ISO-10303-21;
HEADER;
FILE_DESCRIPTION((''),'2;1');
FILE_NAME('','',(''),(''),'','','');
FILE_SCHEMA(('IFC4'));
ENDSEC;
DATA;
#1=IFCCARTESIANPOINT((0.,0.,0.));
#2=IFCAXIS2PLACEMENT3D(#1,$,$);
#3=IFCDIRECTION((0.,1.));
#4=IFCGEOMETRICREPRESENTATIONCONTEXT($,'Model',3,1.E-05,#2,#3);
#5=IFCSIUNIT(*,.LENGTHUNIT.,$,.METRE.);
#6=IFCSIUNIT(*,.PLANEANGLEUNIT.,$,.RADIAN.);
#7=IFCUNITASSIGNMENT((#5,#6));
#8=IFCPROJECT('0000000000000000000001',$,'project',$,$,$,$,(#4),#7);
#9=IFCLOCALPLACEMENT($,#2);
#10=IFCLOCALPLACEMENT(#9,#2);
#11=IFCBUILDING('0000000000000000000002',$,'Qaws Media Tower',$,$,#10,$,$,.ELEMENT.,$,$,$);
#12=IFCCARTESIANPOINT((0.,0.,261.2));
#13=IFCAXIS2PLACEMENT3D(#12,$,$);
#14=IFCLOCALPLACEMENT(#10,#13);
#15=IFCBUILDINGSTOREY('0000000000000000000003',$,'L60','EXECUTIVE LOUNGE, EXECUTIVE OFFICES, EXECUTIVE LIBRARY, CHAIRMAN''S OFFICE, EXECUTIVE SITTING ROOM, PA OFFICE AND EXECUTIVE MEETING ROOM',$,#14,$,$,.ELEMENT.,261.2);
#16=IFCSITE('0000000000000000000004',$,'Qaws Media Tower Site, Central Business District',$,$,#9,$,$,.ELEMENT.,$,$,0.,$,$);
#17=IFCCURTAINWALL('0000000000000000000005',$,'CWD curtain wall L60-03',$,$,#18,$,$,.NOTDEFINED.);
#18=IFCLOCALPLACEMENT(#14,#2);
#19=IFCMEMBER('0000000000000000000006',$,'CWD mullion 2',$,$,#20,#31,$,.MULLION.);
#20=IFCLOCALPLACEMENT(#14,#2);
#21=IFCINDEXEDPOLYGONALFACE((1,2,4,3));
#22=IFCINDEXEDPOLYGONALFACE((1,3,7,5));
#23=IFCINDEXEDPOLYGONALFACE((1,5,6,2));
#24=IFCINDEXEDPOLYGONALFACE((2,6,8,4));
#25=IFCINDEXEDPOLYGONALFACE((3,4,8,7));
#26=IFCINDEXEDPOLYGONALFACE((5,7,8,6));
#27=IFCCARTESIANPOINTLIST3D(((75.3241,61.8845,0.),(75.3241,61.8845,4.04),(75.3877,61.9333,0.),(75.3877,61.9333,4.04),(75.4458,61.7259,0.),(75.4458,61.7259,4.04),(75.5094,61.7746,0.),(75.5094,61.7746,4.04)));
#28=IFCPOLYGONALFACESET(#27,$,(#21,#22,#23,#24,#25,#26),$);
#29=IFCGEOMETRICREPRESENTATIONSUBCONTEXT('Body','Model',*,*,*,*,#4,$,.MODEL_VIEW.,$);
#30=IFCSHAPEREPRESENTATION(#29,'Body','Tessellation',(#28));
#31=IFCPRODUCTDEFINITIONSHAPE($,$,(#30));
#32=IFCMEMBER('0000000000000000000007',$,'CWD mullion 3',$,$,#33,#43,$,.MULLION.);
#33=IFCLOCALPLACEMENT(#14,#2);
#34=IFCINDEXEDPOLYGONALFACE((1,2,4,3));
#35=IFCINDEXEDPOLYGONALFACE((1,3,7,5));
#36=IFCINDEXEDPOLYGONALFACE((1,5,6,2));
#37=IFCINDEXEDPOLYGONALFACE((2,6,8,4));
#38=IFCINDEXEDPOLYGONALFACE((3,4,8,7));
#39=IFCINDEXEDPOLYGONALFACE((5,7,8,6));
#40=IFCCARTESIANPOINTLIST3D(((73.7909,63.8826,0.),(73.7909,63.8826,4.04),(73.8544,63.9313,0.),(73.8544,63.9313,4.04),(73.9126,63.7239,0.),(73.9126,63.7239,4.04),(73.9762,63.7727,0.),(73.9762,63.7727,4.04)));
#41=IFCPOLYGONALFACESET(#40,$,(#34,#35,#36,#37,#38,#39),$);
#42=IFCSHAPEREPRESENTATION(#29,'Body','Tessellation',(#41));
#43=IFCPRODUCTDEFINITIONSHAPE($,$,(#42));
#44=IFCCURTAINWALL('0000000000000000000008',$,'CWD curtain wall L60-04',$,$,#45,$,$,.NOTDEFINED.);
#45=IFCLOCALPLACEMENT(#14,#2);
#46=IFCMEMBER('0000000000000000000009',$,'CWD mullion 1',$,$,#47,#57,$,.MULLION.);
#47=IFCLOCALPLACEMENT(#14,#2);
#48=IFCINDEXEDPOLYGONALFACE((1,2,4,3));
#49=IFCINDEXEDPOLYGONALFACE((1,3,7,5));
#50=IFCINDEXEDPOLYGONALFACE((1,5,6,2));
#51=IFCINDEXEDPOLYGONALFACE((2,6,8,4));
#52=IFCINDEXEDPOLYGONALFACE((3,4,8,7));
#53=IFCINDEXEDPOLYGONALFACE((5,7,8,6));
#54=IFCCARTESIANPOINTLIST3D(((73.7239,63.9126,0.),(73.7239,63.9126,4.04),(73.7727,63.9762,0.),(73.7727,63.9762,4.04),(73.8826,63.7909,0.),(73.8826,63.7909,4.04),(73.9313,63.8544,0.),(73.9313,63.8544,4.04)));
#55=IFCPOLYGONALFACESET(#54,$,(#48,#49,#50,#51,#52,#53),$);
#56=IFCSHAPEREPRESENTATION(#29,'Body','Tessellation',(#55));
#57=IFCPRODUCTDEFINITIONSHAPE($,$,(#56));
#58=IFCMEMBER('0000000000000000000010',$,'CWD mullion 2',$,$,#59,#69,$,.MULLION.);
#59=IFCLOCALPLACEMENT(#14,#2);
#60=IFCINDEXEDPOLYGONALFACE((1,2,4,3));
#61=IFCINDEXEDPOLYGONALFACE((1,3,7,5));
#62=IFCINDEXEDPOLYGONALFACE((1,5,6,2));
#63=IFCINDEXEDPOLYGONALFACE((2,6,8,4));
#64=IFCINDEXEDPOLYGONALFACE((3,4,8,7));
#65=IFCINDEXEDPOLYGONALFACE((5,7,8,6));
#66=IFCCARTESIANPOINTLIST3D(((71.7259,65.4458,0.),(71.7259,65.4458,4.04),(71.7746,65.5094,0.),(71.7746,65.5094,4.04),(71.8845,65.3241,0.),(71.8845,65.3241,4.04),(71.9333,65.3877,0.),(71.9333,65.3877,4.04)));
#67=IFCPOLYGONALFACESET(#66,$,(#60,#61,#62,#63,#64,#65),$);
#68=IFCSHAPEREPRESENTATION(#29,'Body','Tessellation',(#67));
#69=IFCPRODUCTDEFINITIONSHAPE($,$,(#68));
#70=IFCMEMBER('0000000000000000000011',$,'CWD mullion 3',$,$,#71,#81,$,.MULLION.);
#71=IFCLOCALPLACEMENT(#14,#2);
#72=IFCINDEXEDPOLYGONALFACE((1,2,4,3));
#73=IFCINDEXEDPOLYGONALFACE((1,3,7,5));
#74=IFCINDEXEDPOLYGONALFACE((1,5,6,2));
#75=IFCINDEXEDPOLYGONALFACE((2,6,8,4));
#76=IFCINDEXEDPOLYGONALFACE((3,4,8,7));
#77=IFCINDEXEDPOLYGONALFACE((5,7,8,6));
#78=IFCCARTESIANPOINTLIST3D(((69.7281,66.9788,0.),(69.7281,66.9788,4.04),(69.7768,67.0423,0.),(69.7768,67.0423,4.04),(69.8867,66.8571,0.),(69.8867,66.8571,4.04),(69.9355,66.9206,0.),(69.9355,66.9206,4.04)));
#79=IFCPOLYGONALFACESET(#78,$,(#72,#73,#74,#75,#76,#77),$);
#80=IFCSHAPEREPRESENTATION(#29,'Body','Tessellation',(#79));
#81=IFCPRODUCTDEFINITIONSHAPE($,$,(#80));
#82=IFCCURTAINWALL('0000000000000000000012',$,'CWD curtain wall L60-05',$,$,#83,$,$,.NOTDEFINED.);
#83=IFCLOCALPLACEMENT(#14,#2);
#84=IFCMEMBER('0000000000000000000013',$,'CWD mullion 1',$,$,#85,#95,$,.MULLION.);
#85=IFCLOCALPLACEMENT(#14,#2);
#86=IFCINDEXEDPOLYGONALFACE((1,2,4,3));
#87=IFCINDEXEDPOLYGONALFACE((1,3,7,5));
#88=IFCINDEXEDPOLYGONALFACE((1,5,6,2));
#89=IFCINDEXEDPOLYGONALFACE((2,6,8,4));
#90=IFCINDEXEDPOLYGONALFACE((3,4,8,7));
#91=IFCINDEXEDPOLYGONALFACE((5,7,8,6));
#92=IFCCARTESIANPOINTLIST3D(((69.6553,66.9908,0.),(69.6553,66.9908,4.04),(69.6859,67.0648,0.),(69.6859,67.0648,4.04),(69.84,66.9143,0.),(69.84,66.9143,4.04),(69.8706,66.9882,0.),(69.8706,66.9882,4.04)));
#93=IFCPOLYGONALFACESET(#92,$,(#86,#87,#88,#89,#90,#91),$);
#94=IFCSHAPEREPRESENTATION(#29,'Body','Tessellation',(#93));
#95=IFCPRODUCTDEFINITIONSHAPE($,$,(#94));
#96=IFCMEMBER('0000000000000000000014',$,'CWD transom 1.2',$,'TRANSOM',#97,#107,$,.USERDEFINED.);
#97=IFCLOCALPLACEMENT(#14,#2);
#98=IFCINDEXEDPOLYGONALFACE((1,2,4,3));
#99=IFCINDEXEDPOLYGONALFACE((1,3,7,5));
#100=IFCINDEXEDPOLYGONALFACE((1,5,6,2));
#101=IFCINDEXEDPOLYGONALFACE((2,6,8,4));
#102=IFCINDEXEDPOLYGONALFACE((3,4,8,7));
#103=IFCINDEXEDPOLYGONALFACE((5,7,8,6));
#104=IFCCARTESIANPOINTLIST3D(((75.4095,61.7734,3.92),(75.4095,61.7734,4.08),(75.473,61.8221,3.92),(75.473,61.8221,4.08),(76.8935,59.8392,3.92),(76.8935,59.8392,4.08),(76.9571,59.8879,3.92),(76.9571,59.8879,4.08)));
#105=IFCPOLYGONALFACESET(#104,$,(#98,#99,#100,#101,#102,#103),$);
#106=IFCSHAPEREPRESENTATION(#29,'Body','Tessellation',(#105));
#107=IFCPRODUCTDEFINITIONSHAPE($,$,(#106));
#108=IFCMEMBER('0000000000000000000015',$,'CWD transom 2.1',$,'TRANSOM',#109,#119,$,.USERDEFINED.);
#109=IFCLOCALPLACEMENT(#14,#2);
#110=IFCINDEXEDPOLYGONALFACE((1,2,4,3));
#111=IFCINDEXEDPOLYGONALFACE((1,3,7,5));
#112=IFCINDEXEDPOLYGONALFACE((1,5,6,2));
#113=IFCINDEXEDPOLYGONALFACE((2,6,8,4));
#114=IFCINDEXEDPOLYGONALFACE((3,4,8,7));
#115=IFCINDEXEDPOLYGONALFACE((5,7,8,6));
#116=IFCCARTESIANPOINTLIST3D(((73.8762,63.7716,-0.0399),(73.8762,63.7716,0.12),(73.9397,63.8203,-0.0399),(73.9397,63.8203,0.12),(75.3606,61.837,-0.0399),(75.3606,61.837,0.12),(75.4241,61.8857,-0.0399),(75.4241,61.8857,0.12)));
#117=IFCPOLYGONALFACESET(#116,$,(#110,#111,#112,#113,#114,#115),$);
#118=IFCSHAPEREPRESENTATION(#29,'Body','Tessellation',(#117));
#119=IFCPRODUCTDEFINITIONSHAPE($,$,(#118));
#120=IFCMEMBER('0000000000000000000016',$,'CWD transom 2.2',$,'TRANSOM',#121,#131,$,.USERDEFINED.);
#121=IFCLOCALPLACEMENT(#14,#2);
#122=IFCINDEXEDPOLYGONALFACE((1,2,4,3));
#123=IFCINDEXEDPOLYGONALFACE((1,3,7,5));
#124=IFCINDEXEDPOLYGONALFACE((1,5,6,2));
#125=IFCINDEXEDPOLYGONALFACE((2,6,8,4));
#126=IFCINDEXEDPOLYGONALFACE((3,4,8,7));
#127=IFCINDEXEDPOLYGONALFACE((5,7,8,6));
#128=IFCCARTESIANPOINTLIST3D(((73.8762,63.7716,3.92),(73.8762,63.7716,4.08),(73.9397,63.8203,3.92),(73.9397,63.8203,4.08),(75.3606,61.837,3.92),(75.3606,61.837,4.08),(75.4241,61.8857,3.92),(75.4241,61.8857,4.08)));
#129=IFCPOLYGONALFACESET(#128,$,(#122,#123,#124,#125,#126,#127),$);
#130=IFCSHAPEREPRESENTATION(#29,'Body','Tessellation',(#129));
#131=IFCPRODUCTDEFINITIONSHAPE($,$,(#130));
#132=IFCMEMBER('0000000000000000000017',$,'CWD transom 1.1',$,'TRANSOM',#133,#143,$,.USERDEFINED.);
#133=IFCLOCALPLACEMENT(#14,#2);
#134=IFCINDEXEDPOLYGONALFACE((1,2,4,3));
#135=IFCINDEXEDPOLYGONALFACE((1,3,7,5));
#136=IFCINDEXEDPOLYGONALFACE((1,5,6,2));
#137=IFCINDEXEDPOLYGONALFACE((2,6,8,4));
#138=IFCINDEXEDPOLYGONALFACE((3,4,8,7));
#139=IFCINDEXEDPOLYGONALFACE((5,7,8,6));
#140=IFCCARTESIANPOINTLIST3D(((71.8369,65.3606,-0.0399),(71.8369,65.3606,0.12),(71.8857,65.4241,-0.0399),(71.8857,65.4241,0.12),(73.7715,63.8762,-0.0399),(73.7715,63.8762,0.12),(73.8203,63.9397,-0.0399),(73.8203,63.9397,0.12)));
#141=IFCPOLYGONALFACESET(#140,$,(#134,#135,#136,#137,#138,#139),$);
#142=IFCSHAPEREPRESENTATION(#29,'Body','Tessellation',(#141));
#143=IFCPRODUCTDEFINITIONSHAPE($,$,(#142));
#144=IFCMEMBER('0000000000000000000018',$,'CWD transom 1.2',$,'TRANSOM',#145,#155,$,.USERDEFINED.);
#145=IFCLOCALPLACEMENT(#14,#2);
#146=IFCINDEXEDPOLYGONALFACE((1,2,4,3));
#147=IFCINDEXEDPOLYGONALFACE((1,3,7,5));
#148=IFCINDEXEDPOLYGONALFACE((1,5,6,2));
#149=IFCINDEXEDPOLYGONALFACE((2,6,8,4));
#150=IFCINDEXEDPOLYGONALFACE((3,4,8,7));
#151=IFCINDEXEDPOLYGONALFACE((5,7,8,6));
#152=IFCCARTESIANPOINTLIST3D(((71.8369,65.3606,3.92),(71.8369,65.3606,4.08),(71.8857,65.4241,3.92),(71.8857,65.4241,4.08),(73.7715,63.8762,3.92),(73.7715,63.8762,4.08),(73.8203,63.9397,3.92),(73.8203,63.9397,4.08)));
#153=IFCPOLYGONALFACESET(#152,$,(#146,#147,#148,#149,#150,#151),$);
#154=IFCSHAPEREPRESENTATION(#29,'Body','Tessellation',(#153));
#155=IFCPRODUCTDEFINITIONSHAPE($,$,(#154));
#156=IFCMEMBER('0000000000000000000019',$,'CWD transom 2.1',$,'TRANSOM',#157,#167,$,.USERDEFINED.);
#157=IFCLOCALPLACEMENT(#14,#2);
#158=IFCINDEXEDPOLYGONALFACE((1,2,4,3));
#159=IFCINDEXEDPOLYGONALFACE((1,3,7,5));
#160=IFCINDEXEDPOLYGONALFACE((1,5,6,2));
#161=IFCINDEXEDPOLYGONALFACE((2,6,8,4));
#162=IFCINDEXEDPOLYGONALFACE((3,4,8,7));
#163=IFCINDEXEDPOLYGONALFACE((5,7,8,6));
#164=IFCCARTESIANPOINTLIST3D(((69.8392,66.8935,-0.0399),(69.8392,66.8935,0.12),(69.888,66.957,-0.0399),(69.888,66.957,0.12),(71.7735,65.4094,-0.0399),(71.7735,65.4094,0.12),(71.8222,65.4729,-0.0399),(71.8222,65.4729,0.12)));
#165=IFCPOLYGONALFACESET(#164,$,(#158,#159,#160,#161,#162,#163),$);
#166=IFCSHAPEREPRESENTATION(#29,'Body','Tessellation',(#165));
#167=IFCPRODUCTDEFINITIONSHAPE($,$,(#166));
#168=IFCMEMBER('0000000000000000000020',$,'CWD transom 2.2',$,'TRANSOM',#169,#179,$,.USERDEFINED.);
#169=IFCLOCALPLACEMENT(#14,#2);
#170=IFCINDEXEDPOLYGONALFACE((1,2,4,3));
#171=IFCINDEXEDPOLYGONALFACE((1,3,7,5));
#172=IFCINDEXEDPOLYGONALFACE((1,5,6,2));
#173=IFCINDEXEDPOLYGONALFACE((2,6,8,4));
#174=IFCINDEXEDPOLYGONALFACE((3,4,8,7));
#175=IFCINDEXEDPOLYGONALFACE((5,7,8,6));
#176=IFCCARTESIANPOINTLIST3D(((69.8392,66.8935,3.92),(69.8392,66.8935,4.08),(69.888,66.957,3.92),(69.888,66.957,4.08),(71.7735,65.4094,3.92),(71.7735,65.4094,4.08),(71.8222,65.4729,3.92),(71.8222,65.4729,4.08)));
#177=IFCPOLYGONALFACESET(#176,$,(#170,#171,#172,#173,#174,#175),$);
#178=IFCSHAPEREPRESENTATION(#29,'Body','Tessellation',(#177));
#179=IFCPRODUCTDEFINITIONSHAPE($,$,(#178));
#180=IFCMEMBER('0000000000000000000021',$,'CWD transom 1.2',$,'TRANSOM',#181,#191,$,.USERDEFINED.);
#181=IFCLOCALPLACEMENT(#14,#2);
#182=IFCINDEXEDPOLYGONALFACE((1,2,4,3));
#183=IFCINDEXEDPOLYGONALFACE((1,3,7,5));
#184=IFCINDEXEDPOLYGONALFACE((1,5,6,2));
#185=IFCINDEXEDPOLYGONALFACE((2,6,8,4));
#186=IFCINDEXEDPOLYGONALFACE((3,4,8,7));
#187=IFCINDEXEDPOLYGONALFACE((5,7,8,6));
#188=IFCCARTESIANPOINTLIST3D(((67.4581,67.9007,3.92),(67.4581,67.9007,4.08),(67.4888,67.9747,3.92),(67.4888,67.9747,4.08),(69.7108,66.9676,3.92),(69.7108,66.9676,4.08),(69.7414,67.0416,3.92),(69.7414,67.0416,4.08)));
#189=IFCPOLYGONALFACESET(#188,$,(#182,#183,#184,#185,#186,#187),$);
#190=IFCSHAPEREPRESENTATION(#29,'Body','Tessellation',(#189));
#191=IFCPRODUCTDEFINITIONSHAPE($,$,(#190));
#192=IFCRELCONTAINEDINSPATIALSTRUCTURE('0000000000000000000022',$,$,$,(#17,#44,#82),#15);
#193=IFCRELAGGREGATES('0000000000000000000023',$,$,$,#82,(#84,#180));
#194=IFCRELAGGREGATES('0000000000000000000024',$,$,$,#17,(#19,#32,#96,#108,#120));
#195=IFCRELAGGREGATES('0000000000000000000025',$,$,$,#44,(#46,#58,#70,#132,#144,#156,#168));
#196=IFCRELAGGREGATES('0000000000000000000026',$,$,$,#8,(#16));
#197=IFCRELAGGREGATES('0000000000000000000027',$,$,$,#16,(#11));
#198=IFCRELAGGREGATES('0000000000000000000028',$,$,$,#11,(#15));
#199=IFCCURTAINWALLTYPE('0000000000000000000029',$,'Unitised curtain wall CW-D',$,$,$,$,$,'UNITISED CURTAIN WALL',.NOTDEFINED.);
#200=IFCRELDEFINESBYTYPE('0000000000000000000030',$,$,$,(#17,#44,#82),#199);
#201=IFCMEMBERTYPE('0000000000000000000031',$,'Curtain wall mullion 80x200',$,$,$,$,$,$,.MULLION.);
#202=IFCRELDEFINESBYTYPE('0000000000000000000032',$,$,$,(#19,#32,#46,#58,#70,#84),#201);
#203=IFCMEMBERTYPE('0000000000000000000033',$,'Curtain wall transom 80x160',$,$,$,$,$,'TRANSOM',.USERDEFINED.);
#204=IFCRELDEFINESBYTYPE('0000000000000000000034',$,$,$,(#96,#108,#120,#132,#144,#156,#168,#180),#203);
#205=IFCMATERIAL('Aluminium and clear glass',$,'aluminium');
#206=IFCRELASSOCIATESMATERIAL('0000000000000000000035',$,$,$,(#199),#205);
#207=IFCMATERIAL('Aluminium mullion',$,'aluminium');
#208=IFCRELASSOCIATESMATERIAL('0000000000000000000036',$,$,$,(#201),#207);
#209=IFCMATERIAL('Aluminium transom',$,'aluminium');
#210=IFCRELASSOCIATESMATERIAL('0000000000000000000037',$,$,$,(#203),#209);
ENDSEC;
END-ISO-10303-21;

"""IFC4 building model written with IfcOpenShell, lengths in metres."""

from ifc_helpers import new_model, si_unit, direction, frame, origin, origin_2d, place, context, subcontext, project, spatial, rectangle, extrude, material, material_profile, profile_set, type_object, element, aggregate, save


model = new_model("IFC4")

# Units and contexts
model_context = context("Model", 3, precision=1e-05, world=origin(), true_north=direction((0.0, 1.0)))
body_context = subcontext(model_context, "Body", "Model", "MODEL_VIEW")
ifc_project = project(units=[si_unit("LENGTHUNIT", "METRE"), si_unit("PLANEANGLEUNIT", "RADIAN")], contexts=[model_context])

# Site, building, storey
site_placement = place(None, origin())
site = spatial("IfcSite", under=ifc_project, at=site_placement, Name="Qaws Media Tower Site, Central Business District", CompositionType="ELEMENT", RefElevation=0.0)
building_placement = place(site_placement, origin())
building = spatial("IfcBuilding", under=site, at=building_placement, Name="Qaws Media Tower", CompositionType="ELEMENT")
storey_placement = place(building_placement, frame((0.0, 0.0, 261.2)))
storey = spatial("IfcBuildingStorey", under=building, at=storey_placement, Name="L60", Description="EXECUTIVE LOUNGE, EXECUTIVE OFFICES, EXECUTIVE LIBRARY, CHAIRMAN'S OFFICE, EXECUTIVE SITTING ROOM, PA OFFICE AND EXECUTIVE MEETING ROOM", CompositionType="ELEMENT", Elevation=261.2)

# Curtain walls, members
ifc_material_1 = material(Name="Aluminium and clear glass", Category="aluminium")
curtain_wall_type = type_object("IfcCurtainWallType", Name="Unitised curtain wall CW-D", ElementType="UNITISED CURTAIN WALL", PredefinedType="NOTDEFINED", material=ifc_material_1)
curtain_wall_1_placement = place(storey_placement, origin())
curtain_wall_1 = element("IfcCurtainWall", 1, at=curtain_wall_1_placement, inside=storey, type_object=curtain_wall_type, Name="CWD curtain wall L60-03", PredefinedType="NOTDEFINED")
ifc_material_2 = material(Name="Aluminium mullion", Category="aluminium")
ifc_material_profile_1 = material_profile(ifc_material_2, rectangle(XDim=0.0801, YDim=0.2, at=origin_2d()), Name="80x200")
ifc_profile_set_1 = profile_set([ifc_material_profile_1], Name="Aluminium mullion")
member_type_1 = type_object("IfcMemberType", Name="Curtain wall mullion 80x200", PredefinedType="MULLION", material=ifc_profile_set_1)
member_1_placement = place(storey_placement, frame((75.4167, 61.8296, 0.0), z_axis=(0.0, 0.0, 1.0), x_axis=(-0.793353, -0.608761, 0.0)))
member_1 = element("IfcMember", 2, at=member_1_placement, type_object=member_type_1, Name="CWD mullion 2", PredefinedType="MULLION", context=body_context, shape_type="SweptSolid", body=[
    extrude(rectangle(XDim=0.0801, YDim=0.2, at=origin_2d()), origin(), (0.0, 0.0, 1.0), 4.04),
])
member_2_placement = place(storey_placement, frame((73.8835, 63.8276, 0.0), z_axis=(0.0, 0.0, 1.0), x_axis=(-0.793353, -0.608761, 0.0)))
member_2 = element("IfcMember", 3, at=member_2_placement, type_object=member_type_1, Name="CWD mullion 3", PredefinedType="MULLION", context=body_context, shape_type="SweptSolid", body=[
    extrude(rectangle(XDim=0.0801, YDim=0.2, at=origin_2d()), origin(), (0.0, 0.0, 1.0), 4.04),
])
curtain_wall_2_placement = place(storey_placement, origin())
curtain_wall_2 = element("IfcCurtainWall", 4, at=curtain_wall_2_placement, inside=storey, type_object=curtain_wall_type, Name="CWD curtain wall L60-04", PredefinedType="NOTDEFINED")
member_3_placement = place(storey_placement, frame((73.8276, 63.8835, 0.0), z_axis=(0.0, 0.0, 1.0), x_axis=(-0.608761, -0.793353, 0.0)))
member_3 = element("IfcMember", 5, at=member_3_placement, type_object=member_type_1, Name="CWD mullion 1", PredefinedType="MULLION", context=body_context, shape_type="SweptSolid", body=[
    extrude(rectangle(XDim=0.0801, YDim=0.2, at=origin_2d()), origin(), (0.0, 0.0, 1.0), 4.04),
])
member_4_placement = place(storey_placement, frame((71.8296, 65.4167, 0.0), z_axis=(0.0, 0.0, 1.0), x_axis=(-0.608761, -0.793353, 0.0)))
member_4 = element("IfcMember", 6, at=member_4_placement, type_object=member_type_1, Name="CWD mullion 2", PredefinedType="MULLION", context=body_context, shape_type="SweptSolid", body=[
    extrude(rectangle(XDim=0.0801, YDim=0.2, at=origin_2d()), origin(), (0.0, 0.0, 1.0), 4.04),
])
member_5_placement = place(storey_placement, frame((69.8318, 66.9497, 0.0), z_axis=(0.0, 0.0, 1.0), x_axis=(-0.608761, -0.793353, 0.0)))
member_5 = element("IfcMember", 7, at=member_5_placement, type_object=member_type_1, Name="CWD mullion 3", PredefinedType="MULLION", context=body_context, shape_type="SweptSolid", body=[
    extrude(rectangle(XDim=0.0801, YDim=0.2, at=origin_2d()), origin(), (0.0, 0.0, 1.0), 4.04),
])

# Curtain wall, member
curtain_wall_3_placement = place(storey_placement, origin())
curtain_wall_3 = element("IfcCurtainWall", 8, at=curtain_wall_3_placement, inside=storey, type_object=curtain_wall_type, Name="CWD curtain wall L60-05", PredefinedType="NOTDEFINED")
member_6_placement = place(storey_placement, frame((69.7629, 66.9895, 0.0), z_axis=(0.0, 0.0, 1.0), x_axis=(-0.382683, -0.92388, 0.0)))
member_6 = element("IfcMember", 9, at=member_6_placement, type_object=member_type_1, Name="CWD mullion 1", PredefinedType="MULLION", context=body_context, shape_type="SweptSolid", body=[
    extrude(rectangle(XDim=0.0801, YDim=0.2, at=origin_2d()), origin(), (0.0, 0.0, 1.0), 4.04),
])

# Members
ifc_material_3 = material(Name="Aluminium transom", Category="aluminium")
ifc_material_profile_2 = material_profile(ifc_material_3, rectangle(XDim=0.0801, YDim=0.1599, at=origin_2d()), Name="80x160")
ifc_profile_set_2 = profile_set([ifc_material_profile_2], Name="Aluminium transom")
member_type_2 = type_object("IfcMemberType", Name="Curtain wall transom 80x160", ElementType="TRANSOM", PredefinedType="USERDEFINED", material=ifc_profile_set_2)
member_7_placement = place(storey_placement, frame((76.9253, 59.8635, 4.0), z_axis=(-0.608728, 0.793379, 0.0), x_axis=(-0.793379, -0.608728, 0.0)))
member_7 = element("IfcMember", 10, at=member_7_placement, type_object=member_type_2, Name="CWD transom 1.2", ObjectType="TRANSOM", PredefinedType="USERDEFINED", context=body_context, shape_type="SweptSolid", body=[
    extrude(rectangle(XDim=0.0801, YDim=0.1599, at=origin_2d()), origin(), (0.0, 0.0, 1.0), 2.438),
])
member_8_placement = place(storey_placement, frame((75.3923, 61.8613, 0.04), z_axis=(-0.608743, 0.793368, 0.0), x_axis=(-0.793368, -0.608743, 0.0)))
member_8 = element("IfcMember", 11, at=member_8_placement, type_object=member_type_2, Name="CWD transom 2.1", ObjectType="TRANSOM", PredefinedType="USERDEFINED", context=body_context, shape_type="SweptSolid", body=[
    extrude(rectangle(XDim=0.0801, YDim=0.1599, at=origin_2d()), origin(), (0.0, 0.0, 1.0), 2.4385),
])
member_9_placement = place(storey_placement, frame((75.3923, 61.8613, 4.0), z_axis=(-0.608743, 0.793368, 0.0), x_axis=(-0.793368, -0.608743, 0.0)))
member_9 = element("IfcMember", 12, at=member_9_placement, type_object=member_type_2, Name="CWD transom 2.2", ObjectType="TRANSOM", PredefinedType="USERDEFINED", context=body_context, shape_type="SweptSolid", body=[
    extrude(rectangle(XDim=0.0801, YDim=0.1599, at=origin_2d()), origin(), (0.0, 0.0, 1.0), 2.4385),
])
member_10_placement = place(storey_placement, frame((73.7959, 63.908, 0.04), z_axis=(-0.793368, 0.608743, 0.0), x_axis=(-0.608743, -0.793368, 0.0)))
member_10 = element("IfcMember", 13, at=member_10_placement, type_object=member_type_2, Name="CWD transom 1.1", ObjectType="TRANSOM", PredefinedType="USERDEFINED", context=body_context, shape_type="SweptSolid", body=[
    extrude(rectangle(XDim=0.0801, YDim=0.1599, at=origin_2d()), origin(), (0.0, 0.0, 1.0), 2.4385),
])
member_11_placement = place(storey_placement, frame((73.7959, 63.908, 4.0), z_axis=(-0.793368, 0.608743, 0.0), x_axis=(-0.608743, -0.793368, 0.0)))
member_11 = element("IfcMember", 14, at=member_11_placement, type_object=member_type_2, Name="CWD transom 1.2", ObjectType="TRANSOM", PredefinedType="USERDEFINED", context=body_context, shape_type="SweptSolid", body=[
    extrude(rectangle(XDim=0.0801, YDim=0.1599, at=origin_2d()), origin(), (0.0, 0.0, 1.0), 2.4385),
])
member_12_placement = place(storey_placement, frame((71.7979, 65.4412, 0.04), z_axis=(-0.793379, 0.608728, 0.0), x_axis=(-0.608728, -0.793379, 0.0)))
member_12 = element("IfcMember", 15, at=member_12_placement, type_object=member_type_2, Name="CWD transom 2.1", ObjectType="TRANSOM", PredefinedType="USERDEFINED", context=body_context, shape_type="SweptSolid", body=[
    extrude(rectangle(XDim=0.0801, YDim=0.1599, at=origin_2d()), origin(), (0.0, 0.0, 1.0), 2.438),
])
member_13_placement = place(storey_placement, frame((71.7979, 65.4412, 4.0), z_axis=(-0.793379, 0.608728, 0.0), x_axis=(-0.608728, -0.793379, 0.0)))
member_13 = element("IfcMember", 16, at=member_13_placement, type_object=member_type_2, Name="CWD transom 2.2", ObjectType="TRANSOM", PredefinedType="USERDEFINED", context=body_context, shape_type="SweptSolid", body=[
    extrude(rectangle(XDim=0.0801, YDim=0.1599, at=origin_2d()), origin(), (0.0, 0.0, 1.0), 2.438),
])
member_14_placement = place(storey_placement, frame((69.7261, 67.0046, 4.0), z_axis=(-0.923878, 0.382688, 0.0), x_axis=(-0.382688, -0.923878, 0.0)))
member_14 = element("IfcMember", 17, at=member_14_placement, type_object=member_type_2, Name="CWD transom 1.2", ObjectType="TRANSOM", PredefinedType="USERDEFINED", context=body_context, shape_type="SweptSolid", body=[
    extrude(rectangle(XDim=0.0801, YDim=0.1599, at=origin_2d()), origin(), (0.0, 0.0, 1.0), 2.4382),
])
aggregate(curtain_wall_3, [member_6, member_14])

aggregate(curtain_wall_1, [member_1, member_2, member_7, member_8, member_9])
aggregate(curtain_wall_2, [member_3, member_4, member_5, member_10, member_11, member_12, member_13])

save(model, "model.ifc")
